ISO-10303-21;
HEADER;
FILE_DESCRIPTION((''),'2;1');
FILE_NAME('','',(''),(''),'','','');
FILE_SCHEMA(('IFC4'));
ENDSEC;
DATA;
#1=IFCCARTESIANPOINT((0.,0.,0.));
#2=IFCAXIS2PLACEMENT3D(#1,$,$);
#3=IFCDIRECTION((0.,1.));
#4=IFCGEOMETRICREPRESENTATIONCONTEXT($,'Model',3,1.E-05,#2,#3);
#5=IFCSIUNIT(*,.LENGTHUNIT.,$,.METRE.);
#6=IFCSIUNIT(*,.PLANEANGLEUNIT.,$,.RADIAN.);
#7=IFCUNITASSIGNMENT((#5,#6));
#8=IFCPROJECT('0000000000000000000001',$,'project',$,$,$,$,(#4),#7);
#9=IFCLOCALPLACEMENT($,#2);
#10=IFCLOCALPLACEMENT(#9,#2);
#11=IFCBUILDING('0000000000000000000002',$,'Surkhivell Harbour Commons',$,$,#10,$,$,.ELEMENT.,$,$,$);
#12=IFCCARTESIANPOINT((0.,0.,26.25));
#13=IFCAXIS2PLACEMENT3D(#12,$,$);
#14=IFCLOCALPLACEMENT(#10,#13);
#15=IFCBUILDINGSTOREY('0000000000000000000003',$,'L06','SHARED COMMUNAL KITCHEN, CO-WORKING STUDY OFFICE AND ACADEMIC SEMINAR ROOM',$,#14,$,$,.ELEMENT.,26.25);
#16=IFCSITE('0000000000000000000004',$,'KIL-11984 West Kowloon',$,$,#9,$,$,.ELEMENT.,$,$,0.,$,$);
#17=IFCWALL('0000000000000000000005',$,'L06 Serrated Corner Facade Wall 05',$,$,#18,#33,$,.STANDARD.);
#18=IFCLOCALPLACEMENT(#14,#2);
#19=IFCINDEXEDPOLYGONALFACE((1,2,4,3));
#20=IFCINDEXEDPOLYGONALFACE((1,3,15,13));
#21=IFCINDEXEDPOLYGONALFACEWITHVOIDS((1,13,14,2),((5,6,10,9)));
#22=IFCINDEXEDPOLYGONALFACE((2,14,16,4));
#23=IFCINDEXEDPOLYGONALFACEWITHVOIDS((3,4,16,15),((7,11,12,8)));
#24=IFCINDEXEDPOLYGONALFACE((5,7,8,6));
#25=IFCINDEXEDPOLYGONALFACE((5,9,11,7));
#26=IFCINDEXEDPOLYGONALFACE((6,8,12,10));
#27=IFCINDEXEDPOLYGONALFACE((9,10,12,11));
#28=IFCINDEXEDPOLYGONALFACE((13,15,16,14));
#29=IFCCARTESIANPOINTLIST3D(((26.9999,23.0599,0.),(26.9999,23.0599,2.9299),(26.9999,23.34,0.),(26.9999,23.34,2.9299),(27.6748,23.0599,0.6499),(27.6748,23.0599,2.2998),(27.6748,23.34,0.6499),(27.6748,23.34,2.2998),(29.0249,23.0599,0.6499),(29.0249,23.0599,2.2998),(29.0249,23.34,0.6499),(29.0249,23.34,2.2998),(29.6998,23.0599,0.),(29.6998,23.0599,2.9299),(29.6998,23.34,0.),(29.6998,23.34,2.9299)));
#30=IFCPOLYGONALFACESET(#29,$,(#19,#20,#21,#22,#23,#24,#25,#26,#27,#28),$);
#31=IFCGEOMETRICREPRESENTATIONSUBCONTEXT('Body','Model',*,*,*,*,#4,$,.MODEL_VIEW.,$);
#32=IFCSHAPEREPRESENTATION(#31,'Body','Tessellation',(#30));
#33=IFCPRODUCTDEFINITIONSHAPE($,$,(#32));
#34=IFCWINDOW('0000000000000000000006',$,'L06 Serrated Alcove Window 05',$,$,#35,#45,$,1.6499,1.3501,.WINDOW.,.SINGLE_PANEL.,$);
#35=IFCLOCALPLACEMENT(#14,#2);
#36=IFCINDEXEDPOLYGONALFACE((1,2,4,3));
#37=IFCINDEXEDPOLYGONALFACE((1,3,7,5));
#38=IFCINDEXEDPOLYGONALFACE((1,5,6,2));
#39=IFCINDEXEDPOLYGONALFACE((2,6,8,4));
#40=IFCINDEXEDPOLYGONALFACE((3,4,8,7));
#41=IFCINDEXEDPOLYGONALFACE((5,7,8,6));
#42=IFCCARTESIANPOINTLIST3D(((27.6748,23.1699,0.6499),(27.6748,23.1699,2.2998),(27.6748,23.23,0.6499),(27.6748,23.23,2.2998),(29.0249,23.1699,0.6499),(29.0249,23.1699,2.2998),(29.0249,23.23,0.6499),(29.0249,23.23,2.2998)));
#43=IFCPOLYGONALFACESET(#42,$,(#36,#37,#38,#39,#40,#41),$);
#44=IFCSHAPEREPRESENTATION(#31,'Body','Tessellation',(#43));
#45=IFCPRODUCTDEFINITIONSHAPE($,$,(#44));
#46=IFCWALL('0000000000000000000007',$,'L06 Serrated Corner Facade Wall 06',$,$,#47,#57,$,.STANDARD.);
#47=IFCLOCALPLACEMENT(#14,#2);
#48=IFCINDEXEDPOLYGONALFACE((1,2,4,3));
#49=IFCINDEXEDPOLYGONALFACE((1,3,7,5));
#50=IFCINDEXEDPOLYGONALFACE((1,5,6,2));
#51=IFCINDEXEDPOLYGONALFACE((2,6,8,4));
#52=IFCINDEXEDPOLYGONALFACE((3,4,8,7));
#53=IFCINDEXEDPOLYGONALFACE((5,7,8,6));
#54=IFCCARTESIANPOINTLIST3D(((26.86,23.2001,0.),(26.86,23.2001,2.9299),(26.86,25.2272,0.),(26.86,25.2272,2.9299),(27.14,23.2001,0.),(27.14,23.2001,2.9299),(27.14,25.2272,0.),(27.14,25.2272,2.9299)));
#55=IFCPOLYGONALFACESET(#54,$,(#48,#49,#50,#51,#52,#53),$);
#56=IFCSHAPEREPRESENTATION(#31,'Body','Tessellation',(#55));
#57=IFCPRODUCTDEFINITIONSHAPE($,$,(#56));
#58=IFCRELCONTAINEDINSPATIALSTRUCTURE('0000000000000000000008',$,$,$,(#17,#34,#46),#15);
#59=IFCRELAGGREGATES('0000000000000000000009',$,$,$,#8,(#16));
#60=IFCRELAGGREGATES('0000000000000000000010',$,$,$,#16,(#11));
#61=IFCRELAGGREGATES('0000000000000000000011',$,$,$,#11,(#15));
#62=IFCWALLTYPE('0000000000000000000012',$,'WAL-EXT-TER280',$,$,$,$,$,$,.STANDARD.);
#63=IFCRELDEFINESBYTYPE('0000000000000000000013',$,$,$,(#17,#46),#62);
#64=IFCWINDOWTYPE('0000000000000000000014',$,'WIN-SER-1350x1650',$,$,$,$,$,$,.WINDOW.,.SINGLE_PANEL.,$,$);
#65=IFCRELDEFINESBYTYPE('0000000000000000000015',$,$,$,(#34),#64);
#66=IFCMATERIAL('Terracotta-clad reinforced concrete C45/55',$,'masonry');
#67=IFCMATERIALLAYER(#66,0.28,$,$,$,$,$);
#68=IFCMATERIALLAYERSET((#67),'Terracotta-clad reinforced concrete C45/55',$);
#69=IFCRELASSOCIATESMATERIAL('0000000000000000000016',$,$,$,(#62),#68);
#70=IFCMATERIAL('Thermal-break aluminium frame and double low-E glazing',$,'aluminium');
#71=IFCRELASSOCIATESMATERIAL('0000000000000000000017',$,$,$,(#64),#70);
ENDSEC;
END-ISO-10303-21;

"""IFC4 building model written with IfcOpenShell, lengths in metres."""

from ifc_helpers import new_model, si_unit, direction, frame, frame_2d, origin, place, context, subcontext, project, spatial, rectangle, extrude, material, layer, layer_set, type_object, element, fill, save


model = new_model("IFC4")

# Units and contexts
model_context = context("Model", 3, precision=1e-05, world=origin(), true_north=direction((0.0, 1.0)))
body_context = subcontext(model_context, "Body", "Model", "MODEL_VIEW")
ifc_project = project(units=[si_unit("LENGTHUNIT", "METRE"), si_unit("PLANEANGLEUNIT", "RADIAN")], contexts=[model_context])

# Site, building, storey
site_placement = place(None, origin())
site = spatial("IfcSite", under=ifc_project, at=site_placement, Name="KIL-11984 West Kowloon", CompositionType="ELEMENT", RefElevation=0.0)
building_placement = place(site_placement, origin())
building = spatial("IfcBuilding", under=site, at=building_placement, Name="Surkhivell Harbour Commons", CompositionType="ELEMENT")
storey_placement = place(building_placement, frame((0.0, 0.0, 26.25)))
storey = spatial("IfcBuildingStorey", under=building, at=storey_placement, Name="L06", Description="SHARED COMMUNAL KITCHEN, CO-WORKING STUDY OFFICE AND ACADEMIC SEMINAR ROOM", CompositionType="ELEMENT", Elevation=26.25)

# Shared definitions
ifc_material_1 = material(Name="Terracotta-clad reinforced concrete C45/55", Category="masonry")
ifc_layer_1 = layer(ifc_material_1, 0.28)
ifc_layer_set_1 = layer_set([ifc_layer_1], Name="Terracotta-clad reinforced concrete C45/55")
wall_type = type_object("IfcWallType", Name="WAL-EXT-TER280", PredefinedType="STANDARD", material=ifc_layer_set_1)

# Wall, opening, window
wall_1_placement = place(storey_placement, frame((29.7, 23.2, 0.0), z_axis=(0.0, 0.0, 1.0), x_axis=(-1.0, 0.0, 0.0)))
wall_1 = element("IfcWall", 1, at=wall_1_placement, inside=storey, type_object=wall_type, Name="L06 Serrated Corner Facade Wall 05", PredefinedType="STANDARD", context=body_context, shape_type="SweptSolid", body=[
    extrude(rectangle(XDim=2.7, YDim=0.28, at=frame_2d((1.3501, 0.0))), origin(), (0.0, 0.0, 1.0), 2.9299),
])
opening_placement = place(wall_1_placement, frame((0.675, 0.0, 0.6499)))
opening = element("IfcOpeningElement", 2, at=opening_placement, cuts=wall_1, PredefinedType="OPENING", context=body_context, shape_type="SweptSolid", body=[
    extrude(rectangle(XDim=1.3501, YDim=1.6499, at=frame_2d((0.675, 0.825))), frame((0.0, 0.1499, 0.0), z_axis=(0.0, -1.0, 0.0), x_axis=(1.0, 0.0, 0.0)), (0.0, 0.0, 1.0), 0.3),
])
ifc_material_2 = material(Name="Thermal-break aluminium frame and double low-E glazing", Category="aluminium")
window_type = type_object("IfcWindowType", Name="WIN-SER-1350x1650", PartitioningType="SINGLE_PANEL", PredefinedType="WINDOW", material=ifc_material_2)
window_placement = place(opening_placement, origin())
window = element("IfcWindow", 3, at=window_placement, inside=storey, type_object=window_type, Name="L06 Serrated Alcove Window 05", OverallHeight=1.6499, OverallWidth=1.3501, PartitioningType="SINGLE_PANEL", PredefinedType="WINDOW", context=body_context, shape_type="SweptSolid", body=[
    extrude(rectangle(XDim=1.3501, YDim=1.6499, at=frame_2d((0.675, 0.825))), frame((0.0, 0.03, 0.0), z_axis=(0.0, -1.0, 0.0), x_axis=(1.0, 0.0, 0.0)), (0.0, 0.0, 1.0), 0.0601),
])
fill(opening, window)

# Wall
wall_2_placement = place(storey_placement, frame((27.0, 23.2, 0.0), z_axis=(0.0, 0.0, 1.0), x_axis=(0.0, 1.0, 0.0)))
element("IfcWall", 4, at=wall_2_placement, inside=storey, type_object=wall_type, Name="L06 Serrated Corner Facade Wall 06", PredefinedType="STANDARD", context=body_context, shape_type="SweptSolid", body=[
    extrude(rectangle(XDim=2.0271, YDim=0.28, at=frame_2d((1.0137, 0.0))), origin(), (0.0, 0.0, 1.0), 2.9299),
])

save(model, "model.ifc")
